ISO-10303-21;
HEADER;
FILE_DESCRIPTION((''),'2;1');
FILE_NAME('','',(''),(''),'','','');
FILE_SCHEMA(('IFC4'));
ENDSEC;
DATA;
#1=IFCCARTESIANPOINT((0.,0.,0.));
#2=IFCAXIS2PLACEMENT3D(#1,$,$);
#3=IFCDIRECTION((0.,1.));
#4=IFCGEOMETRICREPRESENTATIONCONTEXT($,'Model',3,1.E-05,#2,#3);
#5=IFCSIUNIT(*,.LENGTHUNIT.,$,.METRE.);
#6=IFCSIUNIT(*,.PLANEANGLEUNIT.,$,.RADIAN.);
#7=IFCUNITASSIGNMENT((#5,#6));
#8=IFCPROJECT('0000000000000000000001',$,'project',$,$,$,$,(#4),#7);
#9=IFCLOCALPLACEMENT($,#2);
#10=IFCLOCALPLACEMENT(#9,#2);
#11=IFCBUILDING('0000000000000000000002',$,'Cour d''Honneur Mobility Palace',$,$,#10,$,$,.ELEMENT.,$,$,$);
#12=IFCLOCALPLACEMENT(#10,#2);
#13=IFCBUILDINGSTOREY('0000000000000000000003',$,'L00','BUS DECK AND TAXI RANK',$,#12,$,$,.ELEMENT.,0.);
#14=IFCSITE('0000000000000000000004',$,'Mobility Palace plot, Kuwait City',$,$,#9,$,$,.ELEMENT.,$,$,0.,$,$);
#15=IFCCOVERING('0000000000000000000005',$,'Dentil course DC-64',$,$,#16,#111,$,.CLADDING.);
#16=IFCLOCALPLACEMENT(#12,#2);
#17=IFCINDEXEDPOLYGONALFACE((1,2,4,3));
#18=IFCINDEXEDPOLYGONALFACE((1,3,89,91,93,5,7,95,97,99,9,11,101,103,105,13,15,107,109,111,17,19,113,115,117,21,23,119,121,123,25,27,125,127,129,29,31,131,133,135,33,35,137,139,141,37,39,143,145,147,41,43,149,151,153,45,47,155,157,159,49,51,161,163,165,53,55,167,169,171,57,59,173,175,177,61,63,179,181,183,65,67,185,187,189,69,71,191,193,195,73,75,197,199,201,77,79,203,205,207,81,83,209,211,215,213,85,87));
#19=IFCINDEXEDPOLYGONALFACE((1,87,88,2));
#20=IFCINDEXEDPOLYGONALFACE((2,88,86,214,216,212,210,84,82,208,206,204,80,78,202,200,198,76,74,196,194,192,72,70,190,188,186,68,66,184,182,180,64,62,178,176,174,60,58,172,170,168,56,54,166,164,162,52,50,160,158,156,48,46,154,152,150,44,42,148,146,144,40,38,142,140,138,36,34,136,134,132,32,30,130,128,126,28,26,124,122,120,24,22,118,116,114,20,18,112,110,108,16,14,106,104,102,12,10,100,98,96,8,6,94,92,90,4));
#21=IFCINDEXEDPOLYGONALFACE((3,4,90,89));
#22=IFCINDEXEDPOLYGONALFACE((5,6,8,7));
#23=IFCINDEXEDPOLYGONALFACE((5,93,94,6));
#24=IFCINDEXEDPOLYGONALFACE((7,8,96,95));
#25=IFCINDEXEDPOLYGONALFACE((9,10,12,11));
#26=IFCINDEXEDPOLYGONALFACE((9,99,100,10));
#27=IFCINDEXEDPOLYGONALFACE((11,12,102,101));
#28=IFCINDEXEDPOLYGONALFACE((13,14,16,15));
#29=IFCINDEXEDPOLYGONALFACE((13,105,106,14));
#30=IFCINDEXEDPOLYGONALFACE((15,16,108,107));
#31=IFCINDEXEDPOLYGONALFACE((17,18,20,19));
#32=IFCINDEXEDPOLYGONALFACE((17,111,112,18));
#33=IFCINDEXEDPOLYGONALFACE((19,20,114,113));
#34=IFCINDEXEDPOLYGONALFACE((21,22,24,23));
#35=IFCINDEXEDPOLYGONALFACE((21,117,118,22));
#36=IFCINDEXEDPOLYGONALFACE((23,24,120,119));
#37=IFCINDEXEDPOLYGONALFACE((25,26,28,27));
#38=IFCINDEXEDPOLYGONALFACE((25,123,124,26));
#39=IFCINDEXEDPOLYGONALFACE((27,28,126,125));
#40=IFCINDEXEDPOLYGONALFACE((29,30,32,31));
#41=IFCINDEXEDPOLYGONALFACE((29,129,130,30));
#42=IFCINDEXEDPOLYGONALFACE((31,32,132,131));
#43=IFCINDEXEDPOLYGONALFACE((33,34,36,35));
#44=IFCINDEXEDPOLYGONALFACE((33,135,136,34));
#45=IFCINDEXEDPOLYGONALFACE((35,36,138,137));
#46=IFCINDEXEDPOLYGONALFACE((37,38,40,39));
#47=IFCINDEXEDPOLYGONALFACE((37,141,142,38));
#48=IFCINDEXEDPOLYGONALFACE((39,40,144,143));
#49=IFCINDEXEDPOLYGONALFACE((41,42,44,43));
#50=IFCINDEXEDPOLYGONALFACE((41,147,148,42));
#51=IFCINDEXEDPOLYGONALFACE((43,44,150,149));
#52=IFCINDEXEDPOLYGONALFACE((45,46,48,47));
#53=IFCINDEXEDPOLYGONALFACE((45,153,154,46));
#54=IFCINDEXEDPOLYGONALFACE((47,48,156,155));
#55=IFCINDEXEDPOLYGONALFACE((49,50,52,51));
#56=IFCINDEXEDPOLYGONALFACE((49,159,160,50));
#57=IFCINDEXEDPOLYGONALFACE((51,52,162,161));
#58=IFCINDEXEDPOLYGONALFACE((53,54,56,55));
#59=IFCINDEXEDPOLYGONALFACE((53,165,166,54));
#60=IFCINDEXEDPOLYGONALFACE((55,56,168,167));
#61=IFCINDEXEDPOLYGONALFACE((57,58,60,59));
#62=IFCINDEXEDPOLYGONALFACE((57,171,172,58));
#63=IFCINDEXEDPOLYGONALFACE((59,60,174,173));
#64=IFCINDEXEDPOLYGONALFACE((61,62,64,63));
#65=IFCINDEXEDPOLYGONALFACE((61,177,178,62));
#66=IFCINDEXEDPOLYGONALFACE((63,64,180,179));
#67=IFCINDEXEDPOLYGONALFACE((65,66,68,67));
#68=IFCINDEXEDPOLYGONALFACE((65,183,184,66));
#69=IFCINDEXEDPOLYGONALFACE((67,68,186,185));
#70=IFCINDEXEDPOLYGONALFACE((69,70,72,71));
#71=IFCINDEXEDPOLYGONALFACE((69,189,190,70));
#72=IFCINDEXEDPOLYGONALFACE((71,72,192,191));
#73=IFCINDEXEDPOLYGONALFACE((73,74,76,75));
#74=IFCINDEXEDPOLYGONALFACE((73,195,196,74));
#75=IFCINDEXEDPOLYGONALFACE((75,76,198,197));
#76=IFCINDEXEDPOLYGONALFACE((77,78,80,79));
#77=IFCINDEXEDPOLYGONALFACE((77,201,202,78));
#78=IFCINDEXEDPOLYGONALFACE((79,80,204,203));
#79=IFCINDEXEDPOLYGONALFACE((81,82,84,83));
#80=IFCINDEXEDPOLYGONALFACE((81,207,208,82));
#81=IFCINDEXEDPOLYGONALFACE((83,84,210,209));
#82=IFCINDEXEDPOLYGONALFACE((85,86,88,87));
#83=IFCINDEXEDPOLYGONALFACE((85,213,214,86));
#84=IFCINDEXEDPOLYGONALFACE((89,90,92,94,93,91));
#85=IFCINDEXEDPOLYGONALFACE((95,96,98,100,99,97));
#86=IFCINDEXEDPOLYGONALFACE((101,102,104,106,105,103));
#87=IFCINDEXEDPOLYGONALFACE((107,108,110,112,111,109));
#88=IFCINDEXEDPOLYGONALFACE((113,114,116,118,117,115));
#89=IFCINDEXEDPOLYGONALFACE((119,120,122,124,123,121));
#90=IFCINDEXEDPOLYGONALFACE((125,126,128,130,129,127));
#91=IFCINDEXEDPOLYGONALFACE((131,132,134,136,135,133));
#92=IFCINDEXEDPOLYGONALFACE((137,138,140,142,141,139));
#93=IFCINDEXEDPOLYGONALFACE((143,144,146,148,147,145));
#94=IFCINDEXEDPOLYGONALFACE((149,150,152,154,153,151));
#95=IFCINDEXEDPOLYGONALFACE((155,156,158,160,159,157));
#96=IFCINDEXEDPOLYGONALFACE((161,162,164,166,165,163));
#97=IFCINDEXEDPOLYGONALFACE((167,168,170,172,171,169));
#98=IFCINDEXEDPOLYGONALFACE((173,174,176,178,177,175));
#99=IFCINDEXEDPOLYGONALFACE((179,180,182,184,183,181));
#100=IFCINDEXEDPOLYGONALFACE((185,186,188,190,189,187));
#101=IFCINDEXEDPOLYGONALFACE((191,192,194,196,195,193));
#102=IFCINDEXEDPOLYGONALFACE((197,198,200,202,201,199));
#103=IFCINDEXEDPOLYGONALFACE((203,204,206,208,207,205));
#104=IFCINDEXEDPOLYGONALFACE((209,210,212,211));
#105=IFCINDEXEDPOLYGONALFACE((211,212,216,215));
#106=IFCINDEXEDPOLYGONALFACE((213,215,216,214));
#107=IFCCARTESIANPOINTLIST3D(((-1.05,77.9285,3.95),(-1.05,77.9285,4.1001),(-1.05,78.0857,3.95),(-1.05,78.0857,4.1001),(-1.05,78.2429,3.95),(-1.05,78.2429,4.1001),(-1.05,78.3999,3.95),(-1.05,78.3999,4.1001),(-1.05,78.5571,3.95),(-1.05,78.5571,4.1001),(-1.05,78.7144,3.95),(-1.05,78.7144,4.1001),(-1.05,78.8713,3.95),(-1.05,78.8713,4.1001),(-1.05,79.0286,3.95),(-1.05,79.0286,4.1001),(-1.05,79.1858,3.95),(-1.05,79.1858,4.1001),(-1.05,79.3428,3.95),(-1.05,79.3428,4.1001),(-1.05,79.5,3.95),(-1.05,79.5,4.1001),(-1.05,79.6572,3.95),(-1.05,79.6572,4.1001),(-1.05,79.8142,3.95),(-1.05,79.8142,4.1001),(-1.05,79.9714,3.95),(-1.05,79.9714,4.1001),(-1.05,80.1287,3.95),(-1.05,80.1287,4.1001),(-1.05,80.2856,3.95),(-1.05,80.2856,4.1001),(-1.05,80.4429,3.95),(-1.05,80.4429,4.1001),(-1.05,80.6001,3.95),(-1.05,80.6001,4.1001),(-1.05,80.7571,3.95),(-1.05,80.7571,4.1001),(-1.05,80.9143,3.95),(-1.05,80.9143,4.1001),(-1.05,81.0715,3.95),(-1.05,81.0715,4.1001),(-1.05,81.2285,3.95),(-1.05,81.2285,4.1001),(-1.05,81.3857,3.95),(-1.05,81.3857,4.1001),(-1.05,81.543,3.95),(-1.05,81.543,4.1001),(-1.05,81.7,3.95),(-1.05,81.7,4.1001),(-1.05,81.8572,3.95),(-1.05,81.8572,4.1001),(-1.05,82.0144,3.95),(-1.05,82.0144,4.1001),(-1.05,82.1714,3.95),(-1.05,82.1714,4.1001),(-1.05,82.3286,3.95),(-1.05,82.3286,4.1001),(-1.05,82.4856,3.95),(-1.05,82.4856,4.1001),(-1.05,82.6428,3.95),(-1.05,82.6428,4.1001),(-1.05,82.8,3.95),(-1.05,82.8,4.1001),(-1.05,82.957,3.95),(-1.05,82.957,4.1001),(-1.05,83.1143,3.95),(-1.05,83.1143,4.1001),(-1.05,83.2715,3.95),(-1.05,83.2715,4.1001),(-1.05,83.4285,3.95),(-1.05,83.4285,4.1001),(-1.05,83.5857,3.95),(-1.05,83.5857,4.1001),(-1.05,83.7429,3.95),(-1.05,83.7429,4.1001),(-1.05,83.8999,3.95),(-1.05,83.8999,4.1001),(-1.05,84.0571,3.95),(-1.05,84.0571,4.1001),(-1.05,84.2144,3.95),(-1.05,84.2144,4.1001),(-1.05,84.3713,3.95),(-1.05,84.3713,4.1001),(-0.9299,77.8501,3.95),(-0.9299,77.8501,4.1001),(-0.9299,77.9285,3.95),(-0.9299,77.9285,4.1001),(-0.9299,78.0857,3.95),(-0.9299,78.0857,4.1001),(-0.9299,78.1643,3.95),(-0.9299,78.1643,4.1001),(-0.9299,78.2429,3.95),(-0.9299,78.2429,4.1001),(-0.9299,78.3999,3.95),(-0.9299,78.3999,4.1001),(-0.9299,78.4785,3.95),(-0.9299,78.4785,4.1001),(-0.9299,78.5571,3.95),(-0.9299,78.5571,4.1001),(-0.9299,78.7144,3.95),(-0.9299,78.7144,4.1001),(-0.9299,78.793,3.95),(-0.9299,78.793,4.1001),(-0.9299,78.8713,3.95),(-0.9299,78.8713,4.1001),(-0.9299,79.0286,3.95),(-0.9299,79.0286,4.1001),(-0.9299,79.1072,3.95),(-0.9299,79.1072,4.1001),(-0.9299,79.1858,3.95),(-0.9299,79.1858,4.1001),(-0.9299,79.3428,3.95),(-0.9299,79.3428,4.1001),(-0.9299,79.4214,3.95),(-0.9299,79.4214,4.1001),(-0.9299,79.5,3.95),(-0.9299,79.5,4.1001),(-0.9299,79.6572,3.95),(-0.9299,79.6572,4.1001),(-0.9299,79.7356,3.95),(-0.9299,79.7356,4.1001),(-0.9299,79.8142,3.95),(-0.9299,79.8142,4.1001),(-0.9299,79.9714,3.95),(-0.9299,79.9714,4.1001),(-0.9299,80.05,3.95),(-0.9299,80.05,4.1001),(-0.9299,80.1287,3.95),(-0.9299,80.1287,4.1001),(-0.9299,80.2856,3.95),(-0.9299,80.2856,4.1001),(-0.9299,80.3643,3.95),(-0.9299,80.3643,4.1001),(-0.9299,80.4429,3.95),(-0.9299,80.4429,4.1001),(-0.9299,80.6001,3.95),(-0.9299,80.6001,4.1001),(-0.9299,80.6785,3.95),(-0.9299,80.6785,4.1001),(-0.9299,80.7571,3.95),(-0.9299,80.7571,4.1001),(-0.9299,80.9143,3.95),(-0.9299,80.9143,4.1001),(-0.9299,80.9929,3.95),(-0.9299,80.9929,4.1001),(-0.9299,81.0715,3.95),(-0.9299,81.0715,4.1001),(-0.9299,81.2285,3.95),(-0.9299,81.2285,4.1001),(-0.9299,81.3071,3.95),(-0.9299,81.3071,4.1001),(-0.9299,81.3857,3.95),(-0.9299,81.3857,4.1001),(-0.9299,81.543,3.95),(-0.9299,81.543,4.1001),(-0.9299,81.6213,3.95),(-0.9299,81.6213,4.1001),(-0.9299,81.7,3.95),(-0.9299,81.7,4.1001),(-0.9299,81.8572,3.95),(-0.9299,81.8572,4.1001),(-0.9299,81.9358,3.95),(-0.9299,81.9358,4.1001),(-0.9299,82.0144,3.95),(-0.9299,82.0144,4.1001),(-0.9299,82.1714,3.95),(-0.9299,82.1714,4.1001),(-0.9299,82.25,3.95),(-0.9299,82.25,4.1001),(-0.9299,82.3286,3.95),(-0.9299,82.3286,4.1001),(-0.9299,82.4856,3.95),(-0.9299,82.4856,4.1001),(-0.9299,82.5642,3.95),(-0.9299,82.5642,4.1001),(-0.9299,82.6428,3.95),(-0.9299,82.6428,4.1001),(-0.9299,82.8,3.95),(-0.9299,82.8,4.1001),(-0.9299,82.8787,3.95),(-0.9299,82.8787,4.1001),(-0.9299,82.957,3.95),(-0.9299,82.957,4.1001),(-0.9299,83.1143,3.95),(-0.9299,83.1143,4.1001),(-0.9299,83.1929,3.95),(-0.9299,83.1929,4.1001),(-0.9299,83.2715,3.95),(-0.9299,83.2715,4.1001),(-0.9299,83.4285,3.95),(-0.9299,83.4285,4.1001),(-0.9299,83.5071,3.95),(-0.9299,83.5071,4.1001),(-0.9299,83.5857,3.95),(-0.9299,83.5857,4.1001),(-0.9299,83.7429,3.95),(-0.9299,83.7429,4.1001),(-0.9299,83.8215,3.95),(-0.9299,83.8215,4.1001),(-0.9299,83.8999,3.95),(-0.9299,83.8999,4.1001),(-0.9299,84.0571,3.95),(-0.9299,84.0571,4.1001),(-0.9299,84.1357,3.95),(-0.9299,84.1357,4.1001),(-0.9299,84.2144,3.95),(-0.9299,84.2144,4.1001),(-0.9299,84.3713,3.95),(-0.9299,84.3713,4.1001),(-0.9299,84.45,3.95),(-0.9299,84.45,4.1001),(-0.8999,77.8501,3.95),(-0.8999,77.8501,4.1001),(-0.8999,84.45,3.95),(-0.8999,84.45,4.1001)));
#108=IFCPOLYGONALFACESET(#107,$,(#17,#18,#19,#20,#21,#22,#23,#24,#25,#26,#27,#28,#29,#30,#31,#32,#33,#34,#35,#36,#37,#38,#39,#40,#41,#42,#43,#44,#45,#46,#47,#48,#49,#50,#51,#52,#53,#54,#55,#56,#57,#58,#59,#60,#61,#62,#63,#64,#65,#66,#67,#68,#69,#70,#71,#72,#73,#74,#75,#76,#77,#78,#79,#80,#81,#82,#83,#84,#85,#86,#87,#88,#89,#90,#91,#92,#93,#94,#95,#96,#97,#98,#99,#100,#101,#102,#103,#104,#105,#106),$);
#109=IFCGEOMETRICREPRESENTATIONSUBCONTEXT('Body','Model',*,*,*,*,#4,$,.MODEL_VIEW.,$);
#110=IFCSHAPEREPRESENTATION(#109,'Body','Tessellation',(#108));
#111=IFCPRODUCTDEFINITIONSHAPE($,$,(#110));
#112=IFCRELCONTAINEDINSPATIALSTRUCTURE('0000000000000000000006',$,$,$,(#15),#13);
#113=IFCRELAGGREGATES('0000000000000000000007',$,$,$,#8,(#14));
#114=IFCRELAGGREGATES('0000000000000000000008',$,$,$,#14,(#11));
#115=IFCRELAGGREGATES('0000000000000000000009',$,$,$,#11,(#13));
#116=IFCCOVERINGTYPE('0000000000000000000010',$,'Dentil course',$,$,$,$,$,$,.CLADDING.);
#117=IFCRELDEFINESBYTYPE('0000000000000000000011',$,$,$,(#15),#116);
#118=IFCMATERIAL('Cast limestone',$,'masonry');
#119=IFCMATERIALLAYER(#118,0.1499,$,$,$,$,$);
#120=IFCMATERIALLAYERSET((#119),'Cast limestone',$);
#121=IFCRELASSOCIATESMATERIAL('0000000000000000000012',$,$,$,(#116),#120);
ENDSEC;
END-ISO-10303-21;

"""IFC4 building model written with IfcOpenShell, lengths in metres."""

from ifc_helpers import new_model, si_unit, direction, frame, origin, place, context, subcontext, project, spatial, polyline, outline, extrude, material, layer, layer_set, type_object, element, save


model = new_model("IFC4")

# Units and contexts
model_context = context("Model", 3, precision=1e-05, world=origin(), true_north=direction((0.0, 1.0)))
body_context = subcontext(model_context, "Body", "Model", "MODEL_VIEW")
ifc_project = project(units=[si_unit("LENGTHUNIT", "METRE"), si_unit("PLANEANGLEUNIT", "RADIAN")], contexts=[model_context])

# Site, building, storey
site_placement = place(None, origin())
site = spatial("IfcSite", under=ifc_project, at=site_placement, Name="Mobility Palace plot, Kuwait City", CompositionType="ELEMENT", RefElevation=0.0)
building_placement = place(site_placement, origin())
building = spatial("IfcBuilding", under=site, at=building_placement, Name="Cour d'Honneur Mobility Palace", CompositionType="ELEMENT")
storey_placement = place(building_placement, origin())
storey = spatial("IfcBuildingStorey", under=building, at=storey_placement, Name="L00", Description="BUS DECK AND TAXI RANK", CompositionType="ELEMENT", Elevation=0.0)

# Covering
ifc_material = material(Name="Cast limestone", Category="masonry")
ifc_layer = layer(ifc_material, 0.1499)
ifc_layer_set = layer_set([ifc_layer], Name="Cast limestone")
covering_type = type_object("IfcCoveringType", Name="Dentil course", PredefinedType="CLADDING", material=ifc_layer_set)
covering_1_placement = place(storey_placement, frame((0.0, 0.0, 3.95)))
element("IfcCovering", 1, at=covering_1_placement, inside=storey, type_object=covering_type, Name="Dentil course DC-64", PredefinedType="CLADDING", context=body_context, shape_type="SweptSolid", body=[
    extrude(outline(polyline([(-0.8999, 84.45), (-0.8999, 77.8501), (-0.9299, 77.8501), (-0.9299, 77.8501), (-0.9299, 77.9285), (-1.05, 77.9285), (-1.05, 78.0857), (-0.9299, 78.0857), (-0.9299, 78.1643), (-0.9299, 78.1643), (-0.9299, 78.2429), (-1.05, 78.2429), (-1.05, 78.3999), (-0.9299, 78.3999), (-0.9299, 78.4785), (-0.9299, 78.4785), (-0.9299, 78.5571), (-1.05, 78.5571), (-1.05, 78.7144), (-0.9299, 78.7144), (-0.9299, 78.793), (-0.9299, 78.793), (-0.9299, 78.8713), (-1.05, 78.8713), (-1.05, 79.0286), (-0.9299, 79.0286), (-0.9299, 79.1072), (-0.9299, 79.1072), (-0.9299, 79.1858), (-1.05, 79.1858), (-1.05, 79.3428), (-0.9299, 79.3428), (-0.9299, 79.4214), (-0.9299, 79.4214), (-0.9299, 79.5), (-1.05, 79.5), (-1.05, 79.6572), (-0.9299, 79.6572), (-0.9299, 79.7356), (-0.9299, 79.7356), (-0.9299, 79.8142), (-1.05, 79.8142), (-1.05, 79.9714), (-0.9299, 79.9714), (-0.9299, 80.05), (-0.9299, 80.05), (-0.9299, 80.1287), (-1.05, 80.1287), (-1.05, 80.2856), (-0.9299, 80.2856), (-0.9299, 80.3643), (-0.9299, 80.3643), (-0.9299, 80.4429), (-1.05, 80.4429), (-1.05, 80.6001), (-0.9299, 80.6001), (-0.9299, 80.6785), (-0.9299, 80.6785), (-0.9299, 80.7571), (-1.05, 80.7571), (-1.05, 80.9143), (-0.9299, 80.9143), (-0.9299, 80.9929), (-0.9299, 80.9929), (-0.9299, 81.0715), (-1.05, 81.0715), (-1.05, 81.2285), (-0.9299, 81.2285), (-0.9299, 81.3071), (-0.9299, 81.3071), (-0.9299, 81.3857), (-1.05, 81.3857), (-1.05, 81.543), (-0.9299, 81.543), (-0.9299, 81.6213), (-0.9299, 81.6213), (-0.9299, 81.7), (-1.05, 81.7), (-1.05, 81.8572), (-0.9299, 81.8572), (-0.9299, 81.9358), (-0.9299, 81.9358), (-0.9299, 82.0144), (-1.05, 82.0144), (-1.05, 82.1714), (-0.9299, 82.1714), (-0.9299, 82.25), (-0.9299, 82.25), (-0.9299, 82.3286), (-1.05, 82.3286), (-1.05, 82.4856), (-0.9299, 82.4856), (-0.9299, 82.5642), (-0.9299, 82.5642), (-0.9299, 82.6428), (-1.05, 82.6428), (-1.05, 82.8), (-0.9299, 82.8), (-0.9299, 82.8787), (-0.9299, 82.8787), (-0.9299, 82.957), (-1.05, 82.957), (-1.05, 83.1143), (-0.9299, 83.1143), (-0.9299, 83.1929), (-0.9299, 83.1929), (-0.9299, 83.2715), (-1.05, 83.2715), (-1.05, 83.4285), (-0.9299, 83.4285), (-0.9299, 83.5071), (-0.9299, 83.5071), (-0.9299, 83.5857), (-1.05, 83.5857), (-1.05, 83.7429), (-0.9299, 83.7429), (-0.9299, 83.8215), (-0.9299, 83.8215), (-0.9299, 83.8999), (-1.05, 83.8999), (-1.05, 84.0571), (-0.9299, 84.0571), (-0.9299, 84.1357), (-0.9299, 84.1357), (-0.9299, 84.2144), (-1.05, 84.2144), (-1.05, 84.3713), (-0.9299, 84.3713), (-0.9299, 84.45), (-0.8999, 84.45)])), origin(), (0.0, 0.0, 1.0), 0.1501),
])

save(model, "model.ifc")
